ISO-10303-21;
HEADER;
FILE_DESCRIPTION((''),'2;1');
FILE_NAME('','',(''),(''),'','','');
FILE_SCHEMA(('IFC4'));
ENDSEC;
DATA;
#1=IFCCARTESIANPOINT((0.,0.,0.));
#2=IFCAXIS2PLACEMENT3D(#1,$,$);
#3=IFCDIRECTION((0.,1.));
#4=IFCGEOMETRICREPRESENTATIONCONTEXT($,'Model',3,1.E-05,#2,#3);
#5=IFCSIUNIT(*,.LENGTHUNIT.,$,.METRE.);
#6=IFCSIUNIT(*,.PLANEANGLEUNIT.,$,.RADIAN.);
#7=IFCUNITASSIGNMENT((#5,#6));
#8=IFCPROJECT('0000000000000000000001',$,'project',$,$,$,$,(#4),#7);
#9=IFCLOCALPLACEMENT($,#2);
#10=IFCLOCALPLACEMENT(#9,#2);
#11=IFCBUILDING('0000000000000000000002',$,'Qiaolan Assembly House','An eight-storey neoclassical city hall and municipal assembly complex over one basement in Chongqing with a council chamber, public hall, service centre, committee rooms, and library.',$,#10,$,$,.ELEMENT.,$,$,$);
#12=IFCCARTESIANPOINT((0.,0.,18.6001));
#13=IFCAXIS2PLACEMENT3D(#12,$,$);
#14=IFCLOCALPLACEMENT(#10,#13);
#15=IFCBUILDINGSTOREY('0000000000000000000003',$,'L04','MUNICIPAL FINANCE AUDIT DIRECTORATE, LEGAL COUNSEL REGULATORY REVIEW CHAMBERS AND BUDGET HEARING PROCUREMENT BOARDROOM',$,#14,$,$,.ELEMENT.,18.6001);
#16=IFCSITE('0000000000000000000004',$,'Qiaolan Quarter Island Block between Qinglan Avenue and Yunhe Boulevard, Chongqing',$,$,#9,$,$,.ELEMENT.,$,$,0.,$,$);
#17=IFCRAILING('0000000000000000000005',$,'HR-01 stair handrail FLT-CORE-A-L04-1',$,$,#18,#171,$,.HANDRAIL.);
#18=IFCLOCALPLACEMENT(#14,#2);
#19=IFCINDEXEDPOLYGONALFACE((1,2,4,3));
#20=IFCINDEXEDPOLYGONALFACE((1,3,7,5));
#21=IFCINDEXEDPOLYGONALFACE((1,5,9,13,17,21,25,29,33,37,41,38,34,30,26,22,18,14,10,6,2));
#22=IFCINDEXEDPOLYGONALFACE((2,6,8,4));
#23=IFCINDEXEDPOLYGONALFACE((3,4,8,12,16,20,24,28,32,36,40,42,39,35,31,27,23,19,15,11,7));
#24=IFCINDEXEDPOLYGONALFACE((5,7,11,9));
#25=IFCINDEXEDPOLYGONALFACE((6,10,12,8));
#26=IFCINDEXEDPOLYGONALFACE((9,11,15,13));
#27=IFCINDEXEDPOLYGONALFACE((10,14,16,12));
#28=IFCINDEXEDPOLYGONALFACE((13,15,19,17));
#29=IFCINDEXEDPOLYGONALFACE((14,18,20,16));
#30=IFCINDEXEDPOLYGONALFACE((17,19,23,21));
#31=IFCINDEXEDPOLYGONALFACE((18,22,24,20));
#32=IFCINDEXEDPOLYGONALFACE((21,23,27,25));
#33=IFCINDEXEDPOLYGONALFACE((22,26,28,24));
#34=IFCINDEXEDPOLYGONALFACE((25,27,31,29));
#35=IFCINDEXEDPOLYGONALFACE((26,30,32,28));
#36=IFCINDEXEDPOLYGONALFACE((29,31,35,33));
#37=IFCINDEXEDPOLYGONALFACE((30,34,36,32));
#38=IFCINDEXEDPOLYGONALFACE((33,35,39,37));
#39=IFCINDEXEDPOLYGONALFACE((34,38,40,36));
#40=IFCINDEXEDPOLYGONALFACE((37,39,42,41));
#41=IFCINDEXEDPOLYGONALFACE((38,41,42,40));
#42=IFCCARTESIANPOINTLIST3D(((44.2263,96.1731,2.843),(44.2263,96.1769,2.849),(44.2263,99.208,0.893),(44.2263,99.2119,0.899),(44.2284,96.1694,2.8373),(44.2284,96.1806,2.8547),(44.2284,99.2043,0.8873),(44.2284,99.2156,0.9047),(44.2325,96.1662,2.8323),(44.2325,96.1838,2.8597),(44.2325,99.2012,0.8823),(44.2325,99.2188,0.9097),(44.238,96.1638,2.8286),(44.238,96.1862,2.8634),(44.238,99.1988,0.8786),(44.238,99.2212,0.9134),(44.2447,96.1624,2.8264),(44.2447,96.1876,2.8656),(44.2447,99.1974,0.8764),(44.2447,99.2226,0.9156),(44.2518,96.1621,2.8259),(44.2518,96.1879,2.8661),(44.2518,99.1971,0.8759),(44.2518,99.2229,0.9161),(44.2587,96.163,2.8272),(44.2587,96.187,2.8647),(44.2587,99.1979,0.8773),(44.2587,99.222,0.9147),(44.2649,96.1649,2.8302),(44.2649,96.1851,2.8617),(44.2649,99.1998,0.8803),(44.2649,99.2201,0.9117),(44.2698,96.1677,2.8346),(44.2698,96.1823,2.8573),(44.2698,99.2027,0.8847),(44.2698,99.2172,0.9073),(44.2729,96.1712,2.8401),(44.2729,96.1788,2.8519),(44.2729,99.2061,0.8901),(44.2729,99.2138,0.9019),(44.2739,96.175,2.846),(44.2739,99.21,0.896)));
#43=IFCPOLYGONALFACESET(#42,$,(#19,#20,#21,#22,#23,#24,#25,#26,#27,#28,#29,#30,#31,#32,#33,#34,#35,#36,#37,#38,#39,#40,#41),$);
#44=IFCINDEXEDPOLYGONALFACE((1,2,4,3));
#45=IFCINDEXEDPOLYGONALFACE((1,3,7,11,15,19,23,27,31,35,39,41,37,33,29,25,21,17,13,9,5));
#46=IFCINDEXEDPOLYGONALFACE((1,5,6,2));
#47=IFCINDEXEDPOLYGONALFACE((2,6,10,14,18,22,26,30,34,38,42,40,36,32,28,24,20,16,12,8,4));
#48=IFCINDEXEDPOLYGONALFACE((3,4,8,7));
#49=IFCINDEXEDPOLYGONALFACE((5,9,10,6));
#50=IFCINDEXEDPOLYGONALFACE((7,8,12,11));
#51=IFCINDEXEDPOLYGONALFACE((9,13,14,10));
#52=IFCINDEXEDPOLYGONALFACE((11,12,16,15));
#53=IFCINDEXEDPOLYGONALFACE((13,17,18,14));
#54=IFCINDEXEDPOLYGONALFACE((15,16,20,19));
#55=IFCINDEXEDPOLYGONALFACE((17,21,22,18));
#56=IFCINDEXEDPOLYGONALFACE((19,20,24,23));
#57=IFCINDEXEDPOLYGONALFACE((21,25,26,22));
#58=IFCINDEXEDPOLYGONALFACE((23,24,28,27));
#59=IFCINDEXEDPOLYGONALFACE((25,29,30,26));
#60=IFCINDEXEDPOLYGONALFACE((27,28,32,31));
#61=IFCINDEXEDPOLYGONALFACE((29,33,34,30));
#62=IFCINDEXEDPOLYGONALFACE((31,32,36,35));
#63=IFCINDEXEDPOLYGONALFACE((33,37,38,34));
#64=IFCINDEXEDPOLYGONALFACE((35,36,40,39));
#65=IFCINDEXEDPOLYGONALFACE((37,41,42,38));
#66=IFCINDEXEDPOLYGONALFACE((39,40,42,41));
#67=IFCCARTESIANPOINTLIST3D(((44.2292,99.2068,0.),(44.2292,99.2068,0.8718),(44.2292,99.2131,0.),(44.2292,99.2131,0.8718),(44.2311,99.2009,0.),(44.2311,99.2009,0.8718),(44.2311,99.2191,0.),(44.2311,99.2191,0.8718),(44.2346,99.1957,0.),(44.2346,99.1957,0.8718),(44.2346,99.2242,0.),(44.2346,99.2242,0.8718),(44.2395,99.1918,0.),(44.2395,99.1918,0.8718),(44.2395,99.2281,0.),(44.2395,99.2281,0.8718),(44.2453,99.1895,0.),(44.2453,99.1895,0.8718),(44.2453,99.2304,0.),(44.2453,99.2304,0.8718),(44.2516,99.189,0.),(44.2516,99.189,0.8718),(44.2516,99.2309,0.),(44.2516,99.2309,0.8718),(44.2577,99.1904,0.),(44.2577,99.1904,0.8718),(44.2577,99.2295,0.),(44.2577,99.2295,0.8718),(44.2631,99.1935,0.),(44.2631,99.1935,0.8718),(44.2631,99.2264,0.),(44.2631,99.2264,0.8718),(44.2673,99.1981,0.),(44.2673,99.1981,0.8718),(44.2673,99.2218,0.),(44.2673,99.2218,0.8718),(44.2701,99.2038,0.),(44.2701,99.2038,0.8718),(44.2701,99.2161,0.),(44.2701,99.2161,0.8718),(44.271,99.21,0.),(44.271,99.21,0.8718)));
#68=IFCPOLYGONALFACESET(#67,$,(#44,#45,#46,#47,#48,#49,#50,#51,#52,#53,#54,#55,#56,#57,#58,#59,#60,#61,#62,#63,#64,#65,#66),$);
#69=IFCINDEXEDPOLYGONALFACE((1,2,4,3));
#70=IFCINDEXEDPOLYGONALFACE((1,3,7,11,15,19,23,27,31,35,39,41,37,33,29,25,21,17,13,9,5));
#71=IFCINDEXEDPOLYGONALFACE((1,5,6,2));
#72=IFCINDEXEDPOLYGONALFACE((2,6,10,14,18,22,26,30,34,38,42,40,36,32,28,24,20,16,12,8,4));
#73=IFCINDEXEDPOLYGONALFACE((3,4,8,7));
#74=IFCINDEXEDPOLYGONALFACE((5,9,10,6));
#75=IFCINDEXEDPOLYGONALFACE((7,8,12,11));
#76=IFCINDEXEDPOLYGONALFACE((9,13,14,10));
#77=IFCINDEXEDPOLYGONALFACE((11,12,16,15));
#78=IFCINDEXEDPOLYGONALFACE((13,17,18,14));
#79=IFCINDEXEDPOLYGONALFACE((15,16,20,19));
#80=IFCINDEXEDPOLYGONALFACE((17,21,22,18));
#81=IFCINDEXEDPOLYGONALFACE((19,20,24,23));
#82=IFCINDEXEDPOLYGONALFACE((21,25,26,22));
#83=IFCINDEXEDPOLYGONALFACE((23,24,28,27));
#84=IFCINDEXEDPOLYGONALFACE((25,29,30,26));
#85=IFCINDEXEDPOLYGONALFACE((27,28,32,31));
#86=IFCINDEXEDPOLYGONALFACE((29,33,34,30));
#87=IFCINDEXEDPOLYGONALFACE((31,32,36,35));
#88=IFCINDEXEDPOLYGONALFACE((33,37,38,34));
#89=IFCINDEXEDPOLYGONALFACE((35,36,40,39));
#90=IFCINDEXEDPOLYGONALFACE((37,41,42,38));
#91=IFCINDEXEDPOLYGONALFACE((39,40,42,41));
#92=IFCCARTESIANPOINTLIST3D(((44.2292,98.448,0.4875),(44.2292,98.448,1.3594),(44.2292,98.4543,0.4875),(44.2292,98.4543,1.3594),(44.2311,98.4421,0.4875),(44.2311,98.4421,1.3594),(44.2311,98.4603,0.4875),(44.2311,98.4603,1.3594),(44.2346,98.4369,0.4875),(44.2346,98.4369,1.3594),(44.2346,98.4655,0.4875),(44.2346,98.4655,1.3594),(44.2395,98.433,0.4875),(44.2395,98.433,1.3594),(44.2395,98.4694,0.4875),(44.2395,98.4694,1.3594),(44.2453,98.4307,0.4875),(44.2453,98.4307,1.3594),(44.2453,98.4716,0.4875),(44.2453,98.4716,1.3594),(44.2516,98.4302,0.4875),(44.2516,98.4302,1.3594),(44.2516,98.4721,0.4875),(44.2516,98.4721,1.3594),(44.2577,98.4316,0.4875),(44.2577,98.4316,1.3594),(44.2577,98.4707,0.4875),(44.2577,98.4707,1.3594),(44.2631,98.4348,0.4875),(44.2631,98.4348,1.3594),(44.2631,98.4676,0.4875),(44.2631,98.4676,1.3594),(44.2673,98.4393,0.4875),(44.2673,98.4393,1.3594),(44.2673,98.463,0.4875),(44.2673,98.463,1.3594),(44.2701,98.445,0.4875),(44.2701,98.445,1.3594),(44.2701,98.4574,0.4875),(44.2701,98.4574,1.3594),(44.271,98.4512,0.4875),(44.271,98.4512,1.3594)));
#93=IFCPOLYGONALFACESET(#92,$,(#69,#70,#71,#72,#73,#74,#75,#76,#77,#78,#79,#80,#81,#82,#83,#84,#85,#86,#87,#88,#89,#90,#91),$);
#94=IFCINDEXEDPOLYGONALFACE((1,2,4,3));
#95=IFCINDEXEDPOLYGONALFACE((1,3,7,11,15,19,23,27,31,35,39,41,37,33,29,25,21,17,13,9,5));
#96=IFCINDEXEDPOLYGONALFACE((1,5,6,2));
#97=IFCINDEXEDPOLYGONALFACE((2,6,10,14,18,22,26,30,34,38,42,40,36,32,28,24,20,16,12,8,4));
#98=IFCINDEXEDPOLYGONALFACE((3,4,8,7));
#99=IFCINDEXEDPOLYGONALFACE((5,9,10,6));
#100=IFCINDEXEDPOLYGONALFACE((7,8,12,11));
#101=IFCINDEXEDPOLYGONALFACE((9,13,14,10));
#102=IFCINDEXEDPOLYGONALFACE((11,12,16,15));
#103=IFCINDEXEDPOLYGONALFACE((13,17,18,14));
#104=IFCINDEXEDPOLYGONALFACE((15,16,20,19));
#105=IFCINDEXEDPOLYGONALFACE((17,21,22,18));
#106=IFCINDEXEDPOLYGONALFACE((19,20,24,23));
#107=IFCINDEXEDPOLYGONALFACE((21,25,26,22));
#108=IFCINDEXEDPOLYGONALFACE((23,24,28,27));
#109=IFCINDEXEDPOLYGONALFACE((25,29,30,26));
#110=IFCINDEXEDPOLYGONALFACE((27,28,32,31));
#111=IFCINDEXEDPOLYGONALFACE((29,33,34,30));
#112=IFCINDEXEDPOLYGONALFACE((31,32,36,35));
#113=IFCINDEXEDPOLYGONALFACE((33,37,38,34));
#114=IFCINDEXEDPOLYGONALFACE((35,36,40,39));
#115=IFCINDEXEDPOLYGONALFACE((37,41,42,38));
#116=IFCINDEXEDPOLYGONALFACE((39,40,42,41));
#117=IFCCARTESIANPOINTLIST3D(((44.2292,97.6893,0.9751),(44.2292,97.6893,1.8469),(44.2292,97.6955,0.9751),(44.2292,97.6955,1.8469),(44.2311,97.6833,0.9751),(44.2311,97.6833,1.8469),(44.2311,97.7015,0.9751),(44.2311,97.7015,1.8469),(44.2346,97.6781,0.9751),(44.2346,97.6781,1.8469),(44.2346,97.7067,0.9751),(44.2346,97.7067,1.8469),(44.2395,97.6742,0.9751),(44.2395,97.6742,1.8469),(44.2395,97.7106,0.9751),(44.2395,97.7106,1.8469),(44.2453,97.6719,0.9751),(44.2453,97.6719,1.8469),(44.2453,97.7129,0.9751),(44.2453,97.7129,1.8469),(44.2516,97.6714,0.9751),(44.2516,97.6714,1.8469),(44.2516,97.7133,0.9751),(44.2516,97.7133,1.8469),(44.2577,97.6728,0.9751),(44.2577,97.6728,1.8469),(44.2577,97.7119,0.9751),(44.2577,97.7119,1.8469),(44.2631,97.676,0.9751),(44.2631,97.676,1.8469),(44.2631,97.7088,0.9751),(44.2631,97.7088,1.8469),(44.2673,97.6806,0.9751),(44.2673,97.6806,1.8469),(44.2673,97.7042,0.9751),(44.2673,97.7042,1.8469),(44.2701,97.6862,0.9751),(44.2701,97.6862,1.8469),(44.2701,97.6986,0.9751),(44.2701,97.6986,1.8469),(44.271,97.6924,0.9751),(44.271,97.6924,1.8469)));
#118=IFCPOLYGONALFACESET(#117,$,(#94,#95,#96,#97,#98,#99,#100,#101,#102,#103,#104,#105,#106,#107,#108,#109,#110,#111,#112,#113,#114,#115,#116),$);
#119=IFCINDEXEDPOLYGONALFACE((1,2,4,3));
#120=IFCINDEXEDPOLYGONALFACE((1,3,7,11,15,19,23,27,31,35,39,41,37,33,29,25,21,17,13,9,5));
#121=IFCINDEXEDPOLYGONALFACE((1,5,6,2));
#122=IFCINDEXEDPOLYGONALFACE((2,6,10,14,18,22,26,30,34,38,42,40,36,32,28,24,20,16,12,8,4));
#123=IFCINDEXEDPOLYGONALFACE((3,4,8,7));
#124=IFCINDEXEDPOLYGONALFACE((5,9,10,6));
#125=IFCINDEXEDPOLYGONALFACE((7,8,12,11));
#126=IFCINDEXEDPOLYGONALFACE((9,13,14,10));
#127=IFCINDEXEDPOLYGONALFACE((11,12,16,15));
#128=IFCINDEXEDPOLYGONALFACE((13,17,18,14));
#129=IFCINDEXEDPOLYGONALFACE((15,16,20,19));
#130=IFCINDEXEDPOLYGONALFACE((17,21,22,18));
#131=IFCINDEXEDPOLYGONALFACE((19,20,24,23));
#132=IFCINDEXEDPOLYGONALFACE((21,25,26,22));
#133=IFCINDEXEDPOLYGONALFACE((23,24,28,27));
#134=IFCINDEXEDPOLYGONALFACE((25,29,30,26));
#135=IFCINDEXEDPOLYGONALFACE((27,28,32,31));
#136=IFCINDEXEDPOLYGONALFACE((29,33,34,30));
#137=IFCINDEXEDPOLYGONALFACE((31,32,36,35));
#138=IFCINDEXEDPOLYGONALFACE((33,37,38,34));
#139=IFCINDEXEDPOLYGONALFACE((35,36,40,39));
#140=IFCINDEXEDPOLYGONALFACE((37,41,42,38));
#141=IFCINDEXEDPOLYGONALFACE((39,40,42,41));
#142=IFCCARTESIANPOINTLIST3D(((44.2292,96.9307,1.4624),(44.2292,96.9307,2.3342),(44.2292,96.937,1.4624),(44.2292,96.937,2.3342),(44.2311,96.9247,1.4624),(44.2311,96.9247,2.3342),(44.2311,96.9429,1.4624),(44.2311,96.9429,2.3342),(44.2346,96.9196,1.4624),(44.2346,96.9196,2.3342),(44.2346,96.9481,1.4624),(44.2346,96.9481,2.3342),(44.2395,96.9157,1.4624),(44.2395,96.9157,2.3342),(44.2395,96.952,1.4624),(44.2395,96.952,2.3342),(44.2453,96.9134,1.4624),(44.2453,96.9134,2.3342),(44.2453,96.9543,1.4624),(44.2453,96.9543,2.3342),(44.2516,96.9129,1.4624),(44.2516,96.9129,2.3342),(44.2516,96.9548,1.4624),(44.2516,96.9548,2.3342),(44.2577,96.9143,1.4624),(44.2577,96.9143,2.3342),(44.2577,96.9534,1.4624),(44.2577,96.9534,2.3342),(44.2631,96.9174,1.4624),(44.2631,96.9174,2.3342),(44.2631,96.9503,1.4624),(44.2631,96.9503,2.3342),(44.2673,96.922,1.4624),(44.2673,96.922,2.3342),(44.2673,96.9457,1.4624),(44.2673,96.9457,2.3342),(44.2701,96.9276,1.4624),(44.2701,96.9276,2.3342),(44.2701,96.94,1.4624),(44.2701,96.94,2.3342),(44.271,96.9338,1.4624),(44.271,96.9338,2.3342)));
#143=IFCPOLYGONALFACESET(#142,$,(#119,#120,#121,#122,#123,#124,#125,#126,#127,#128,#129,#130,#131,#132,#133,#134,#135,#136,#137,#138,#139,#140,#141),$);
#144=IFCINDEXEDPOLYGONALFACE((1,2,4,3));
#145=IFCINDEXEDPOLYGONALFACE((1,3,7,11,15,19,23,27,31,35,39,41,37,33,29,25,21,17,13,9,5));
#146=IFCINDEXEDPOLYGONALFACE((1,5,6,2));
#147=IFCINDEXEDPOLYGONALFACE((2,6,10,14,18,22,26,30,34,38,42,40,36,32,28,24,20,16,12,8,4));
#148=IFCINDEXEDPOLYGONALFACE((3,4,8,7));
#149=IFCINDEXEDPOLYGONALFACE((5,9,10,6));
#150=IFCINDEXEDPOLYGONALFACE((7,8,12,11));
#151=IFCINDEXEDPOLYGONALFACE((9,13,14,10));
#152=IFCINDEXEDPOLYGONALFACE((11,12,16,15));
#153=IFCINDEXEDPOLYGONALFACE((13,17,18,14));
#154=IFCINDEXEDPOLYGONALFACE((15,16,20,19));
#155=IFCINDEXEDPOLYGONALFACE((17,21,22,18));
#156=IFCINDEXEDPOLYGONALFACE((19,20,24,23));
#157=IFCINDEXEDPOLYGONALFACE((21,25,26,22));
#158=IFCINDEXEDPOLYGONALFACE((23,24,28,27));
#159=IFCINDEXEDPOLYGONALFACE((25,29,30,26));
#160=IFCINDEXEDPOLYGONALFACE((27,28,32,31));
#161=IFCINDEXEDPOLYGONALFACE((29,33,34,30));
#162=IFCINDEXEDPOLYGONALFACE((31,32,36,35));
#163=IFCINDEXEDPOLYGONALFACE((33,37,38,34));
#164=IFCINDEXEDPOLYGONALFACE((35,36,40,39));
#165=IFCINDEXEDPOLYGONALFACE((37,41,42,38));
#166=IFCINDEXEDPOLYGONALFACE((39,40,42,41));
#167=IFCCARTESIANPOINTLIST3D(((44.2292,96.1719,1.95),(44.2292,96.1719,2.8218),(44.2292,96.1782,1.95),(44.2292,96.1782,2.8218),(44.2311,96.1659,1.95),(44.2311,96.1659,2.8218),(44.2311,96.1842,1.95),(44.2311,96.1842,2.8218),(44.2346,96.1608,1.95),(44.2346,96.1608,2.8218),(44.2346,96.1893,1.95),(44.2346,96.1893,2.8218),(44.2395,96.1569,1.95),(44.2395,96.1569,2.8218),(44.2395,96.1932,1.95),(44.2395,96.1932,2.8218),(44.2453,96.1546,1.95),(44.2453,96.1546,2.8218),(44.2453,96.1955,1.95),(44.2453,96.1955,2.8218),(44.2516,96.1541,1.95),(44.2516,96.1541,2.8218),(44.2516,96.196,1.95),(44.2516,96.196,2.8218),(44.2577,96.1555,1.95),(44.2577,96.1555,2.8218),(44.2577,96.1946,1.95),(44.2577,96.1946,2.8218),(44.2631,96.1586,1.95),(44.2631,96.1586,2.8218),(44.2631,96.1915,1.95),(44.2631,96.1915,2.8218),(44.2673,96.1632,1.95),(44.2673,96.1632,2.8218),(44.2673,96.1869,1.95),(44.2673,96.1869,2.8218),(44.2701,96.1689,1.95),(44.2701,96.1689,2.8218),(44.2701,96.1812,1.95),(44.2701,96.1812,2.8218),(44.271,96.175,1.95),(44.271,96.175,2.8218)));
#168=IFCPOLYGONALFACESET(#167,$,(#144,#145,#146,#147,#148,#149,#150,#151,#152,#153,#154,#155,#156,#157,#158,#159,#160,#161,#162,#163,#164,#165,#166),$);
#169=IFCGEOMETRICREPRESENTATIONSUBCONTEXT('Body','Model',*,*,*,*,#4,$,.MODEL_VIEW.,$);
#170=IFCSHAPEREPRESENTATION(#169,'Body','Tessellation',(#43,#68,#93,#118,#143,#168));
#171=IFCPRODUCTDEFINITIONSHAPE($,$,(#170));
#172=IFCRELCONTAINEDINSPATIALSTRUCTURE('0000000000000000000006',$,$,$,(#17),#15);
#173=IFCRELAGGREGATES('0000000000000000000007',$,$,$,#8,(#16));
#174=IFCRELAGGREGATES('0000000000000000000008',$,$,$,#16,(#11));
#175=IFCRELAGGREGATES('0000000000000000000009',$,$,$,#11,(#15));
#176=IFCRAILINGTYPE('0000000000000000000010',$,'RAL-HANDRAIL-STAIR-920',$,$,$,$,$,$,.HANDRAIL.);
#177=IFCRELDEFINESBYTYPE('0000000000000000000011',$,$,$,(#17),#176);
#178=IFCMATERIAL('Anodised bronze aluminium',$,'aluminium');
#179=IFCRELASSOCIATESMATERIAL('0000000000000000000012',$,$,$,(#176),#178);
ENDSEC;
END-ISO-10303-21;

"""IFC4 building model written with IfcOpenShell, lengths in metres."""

from ifc_helpers import new_model, si_unit, direction, frame, origin, origin_2d, place, context, subcontext, project, spatial, circle, extrude, material, type_object, element, save


model = new_model("IFC4")

# Units and contexts
model_context = context("Model", 3, precision=1e-05, world=origin(), true_north=direction((0.0, 1.0)))
body_context = subcontext(model_context, "Body", "Model", "MODEL_VIEW")
ifc_project = project(units=[si_unit("LENGTHUNIT", "METRE"), si_unit("PLANEANGLEUNIT", "RADIAN")], contexts=[model_context])

# Site, building, storey
site_placement = place(None, origin())
site = spatial("IfcSite", under=ifc_project, at=site_placement, Name="Qiaolan Quarter Island Block between Qinglan Avenue and Yunhe Boulevard, Chongqing", CompositionType="ELEMENT", RefElevation=0.0)
building_placement = place(site_placement, origin())
building = spatial("IfcBuilding", under=site, at=building_placement, Name="Qiaolan Assembly House", Description="An eight-storey neoclassical city hall and municipal assembly complex over one basement in Chongqing with a council chamber, public hall, service centre, committee rooms, and library.", CompositionType="ELEMENT")
storey_placement = place(building_placement, frame((0.0, 0.0, 18.6001)))
storey = spatial("IfcBuildingStorey", under=building, at=storey_placement, Name="L04", Description="MUNICIPAL FINANCE AUDIT DIRECTORATE, LEGAL COUNSEL REGULATORY REVIEW CHAMBERS AND BUDGET HEARING PROCUREMENT BOARDROOM", CompositionType="ELEMENT", Elevation=18.6001)

# Shared definitions
ifc_material_1 = material(Name="Anodised bronze aluminium", Category="aluminium")

# Railing
railing_type_1 = type_object("IfcRailingType", Name="RAL-HANDRAIL-STAIR-920", PredefinedType="HANDRAIL", material=ifc_material_1)
railing_1_placement = place(storey_placement, frame((44.25, 99.21, 0.0)))
element("IfcRailing", 1, at=railing_1_placement, inside=storey, type_object=railing_type_1, Name="HR-01 stair handrail FLT-CORE-A-L04-1", PredefinedType="HANDRAIL", context=body_context, shape_type="SweptSolid", body=[
    extrude(circle(Radius=0.0239, at=origin_2d()), frame((0.0, 0.0, 0.896), z_axis=(0.0, -0.841313, 0.540549), x_axis=(1.0, 0.0, 0.0)), (0.0, 0.0, 1.0), 3.6074),
    extrude(circle(Radius=0.021, at=origin_2d()), origin(), (0.0, 0.0, 1.0), 0.8718),
    extrude(circle(Radius=0.021, at=origin_2d()), frame((0.0, -0.7588, 0.4875)), (0.0, 0.0, 1.0), 0.8718),
    extrude(circle(Radius=0.021, at=origin_2d()), frame((0.0, -1.5176, 0.9751)), (0.0, 0.0, 1.0), 0.8718),
    extrude(circle(Radius=0.021, at=origin_2d()), frame((0.0, -2.2761, 1.4624)), (0.0, 0.0, 1.0), 0.8718),
    extrude(circle(Radius=0.021, at=origin_2d()), frame((0.0, -3.0349, 1.95)), (0.0, 0.0, 1.0), 0.8718),
])

save(model, "model.ifc")
